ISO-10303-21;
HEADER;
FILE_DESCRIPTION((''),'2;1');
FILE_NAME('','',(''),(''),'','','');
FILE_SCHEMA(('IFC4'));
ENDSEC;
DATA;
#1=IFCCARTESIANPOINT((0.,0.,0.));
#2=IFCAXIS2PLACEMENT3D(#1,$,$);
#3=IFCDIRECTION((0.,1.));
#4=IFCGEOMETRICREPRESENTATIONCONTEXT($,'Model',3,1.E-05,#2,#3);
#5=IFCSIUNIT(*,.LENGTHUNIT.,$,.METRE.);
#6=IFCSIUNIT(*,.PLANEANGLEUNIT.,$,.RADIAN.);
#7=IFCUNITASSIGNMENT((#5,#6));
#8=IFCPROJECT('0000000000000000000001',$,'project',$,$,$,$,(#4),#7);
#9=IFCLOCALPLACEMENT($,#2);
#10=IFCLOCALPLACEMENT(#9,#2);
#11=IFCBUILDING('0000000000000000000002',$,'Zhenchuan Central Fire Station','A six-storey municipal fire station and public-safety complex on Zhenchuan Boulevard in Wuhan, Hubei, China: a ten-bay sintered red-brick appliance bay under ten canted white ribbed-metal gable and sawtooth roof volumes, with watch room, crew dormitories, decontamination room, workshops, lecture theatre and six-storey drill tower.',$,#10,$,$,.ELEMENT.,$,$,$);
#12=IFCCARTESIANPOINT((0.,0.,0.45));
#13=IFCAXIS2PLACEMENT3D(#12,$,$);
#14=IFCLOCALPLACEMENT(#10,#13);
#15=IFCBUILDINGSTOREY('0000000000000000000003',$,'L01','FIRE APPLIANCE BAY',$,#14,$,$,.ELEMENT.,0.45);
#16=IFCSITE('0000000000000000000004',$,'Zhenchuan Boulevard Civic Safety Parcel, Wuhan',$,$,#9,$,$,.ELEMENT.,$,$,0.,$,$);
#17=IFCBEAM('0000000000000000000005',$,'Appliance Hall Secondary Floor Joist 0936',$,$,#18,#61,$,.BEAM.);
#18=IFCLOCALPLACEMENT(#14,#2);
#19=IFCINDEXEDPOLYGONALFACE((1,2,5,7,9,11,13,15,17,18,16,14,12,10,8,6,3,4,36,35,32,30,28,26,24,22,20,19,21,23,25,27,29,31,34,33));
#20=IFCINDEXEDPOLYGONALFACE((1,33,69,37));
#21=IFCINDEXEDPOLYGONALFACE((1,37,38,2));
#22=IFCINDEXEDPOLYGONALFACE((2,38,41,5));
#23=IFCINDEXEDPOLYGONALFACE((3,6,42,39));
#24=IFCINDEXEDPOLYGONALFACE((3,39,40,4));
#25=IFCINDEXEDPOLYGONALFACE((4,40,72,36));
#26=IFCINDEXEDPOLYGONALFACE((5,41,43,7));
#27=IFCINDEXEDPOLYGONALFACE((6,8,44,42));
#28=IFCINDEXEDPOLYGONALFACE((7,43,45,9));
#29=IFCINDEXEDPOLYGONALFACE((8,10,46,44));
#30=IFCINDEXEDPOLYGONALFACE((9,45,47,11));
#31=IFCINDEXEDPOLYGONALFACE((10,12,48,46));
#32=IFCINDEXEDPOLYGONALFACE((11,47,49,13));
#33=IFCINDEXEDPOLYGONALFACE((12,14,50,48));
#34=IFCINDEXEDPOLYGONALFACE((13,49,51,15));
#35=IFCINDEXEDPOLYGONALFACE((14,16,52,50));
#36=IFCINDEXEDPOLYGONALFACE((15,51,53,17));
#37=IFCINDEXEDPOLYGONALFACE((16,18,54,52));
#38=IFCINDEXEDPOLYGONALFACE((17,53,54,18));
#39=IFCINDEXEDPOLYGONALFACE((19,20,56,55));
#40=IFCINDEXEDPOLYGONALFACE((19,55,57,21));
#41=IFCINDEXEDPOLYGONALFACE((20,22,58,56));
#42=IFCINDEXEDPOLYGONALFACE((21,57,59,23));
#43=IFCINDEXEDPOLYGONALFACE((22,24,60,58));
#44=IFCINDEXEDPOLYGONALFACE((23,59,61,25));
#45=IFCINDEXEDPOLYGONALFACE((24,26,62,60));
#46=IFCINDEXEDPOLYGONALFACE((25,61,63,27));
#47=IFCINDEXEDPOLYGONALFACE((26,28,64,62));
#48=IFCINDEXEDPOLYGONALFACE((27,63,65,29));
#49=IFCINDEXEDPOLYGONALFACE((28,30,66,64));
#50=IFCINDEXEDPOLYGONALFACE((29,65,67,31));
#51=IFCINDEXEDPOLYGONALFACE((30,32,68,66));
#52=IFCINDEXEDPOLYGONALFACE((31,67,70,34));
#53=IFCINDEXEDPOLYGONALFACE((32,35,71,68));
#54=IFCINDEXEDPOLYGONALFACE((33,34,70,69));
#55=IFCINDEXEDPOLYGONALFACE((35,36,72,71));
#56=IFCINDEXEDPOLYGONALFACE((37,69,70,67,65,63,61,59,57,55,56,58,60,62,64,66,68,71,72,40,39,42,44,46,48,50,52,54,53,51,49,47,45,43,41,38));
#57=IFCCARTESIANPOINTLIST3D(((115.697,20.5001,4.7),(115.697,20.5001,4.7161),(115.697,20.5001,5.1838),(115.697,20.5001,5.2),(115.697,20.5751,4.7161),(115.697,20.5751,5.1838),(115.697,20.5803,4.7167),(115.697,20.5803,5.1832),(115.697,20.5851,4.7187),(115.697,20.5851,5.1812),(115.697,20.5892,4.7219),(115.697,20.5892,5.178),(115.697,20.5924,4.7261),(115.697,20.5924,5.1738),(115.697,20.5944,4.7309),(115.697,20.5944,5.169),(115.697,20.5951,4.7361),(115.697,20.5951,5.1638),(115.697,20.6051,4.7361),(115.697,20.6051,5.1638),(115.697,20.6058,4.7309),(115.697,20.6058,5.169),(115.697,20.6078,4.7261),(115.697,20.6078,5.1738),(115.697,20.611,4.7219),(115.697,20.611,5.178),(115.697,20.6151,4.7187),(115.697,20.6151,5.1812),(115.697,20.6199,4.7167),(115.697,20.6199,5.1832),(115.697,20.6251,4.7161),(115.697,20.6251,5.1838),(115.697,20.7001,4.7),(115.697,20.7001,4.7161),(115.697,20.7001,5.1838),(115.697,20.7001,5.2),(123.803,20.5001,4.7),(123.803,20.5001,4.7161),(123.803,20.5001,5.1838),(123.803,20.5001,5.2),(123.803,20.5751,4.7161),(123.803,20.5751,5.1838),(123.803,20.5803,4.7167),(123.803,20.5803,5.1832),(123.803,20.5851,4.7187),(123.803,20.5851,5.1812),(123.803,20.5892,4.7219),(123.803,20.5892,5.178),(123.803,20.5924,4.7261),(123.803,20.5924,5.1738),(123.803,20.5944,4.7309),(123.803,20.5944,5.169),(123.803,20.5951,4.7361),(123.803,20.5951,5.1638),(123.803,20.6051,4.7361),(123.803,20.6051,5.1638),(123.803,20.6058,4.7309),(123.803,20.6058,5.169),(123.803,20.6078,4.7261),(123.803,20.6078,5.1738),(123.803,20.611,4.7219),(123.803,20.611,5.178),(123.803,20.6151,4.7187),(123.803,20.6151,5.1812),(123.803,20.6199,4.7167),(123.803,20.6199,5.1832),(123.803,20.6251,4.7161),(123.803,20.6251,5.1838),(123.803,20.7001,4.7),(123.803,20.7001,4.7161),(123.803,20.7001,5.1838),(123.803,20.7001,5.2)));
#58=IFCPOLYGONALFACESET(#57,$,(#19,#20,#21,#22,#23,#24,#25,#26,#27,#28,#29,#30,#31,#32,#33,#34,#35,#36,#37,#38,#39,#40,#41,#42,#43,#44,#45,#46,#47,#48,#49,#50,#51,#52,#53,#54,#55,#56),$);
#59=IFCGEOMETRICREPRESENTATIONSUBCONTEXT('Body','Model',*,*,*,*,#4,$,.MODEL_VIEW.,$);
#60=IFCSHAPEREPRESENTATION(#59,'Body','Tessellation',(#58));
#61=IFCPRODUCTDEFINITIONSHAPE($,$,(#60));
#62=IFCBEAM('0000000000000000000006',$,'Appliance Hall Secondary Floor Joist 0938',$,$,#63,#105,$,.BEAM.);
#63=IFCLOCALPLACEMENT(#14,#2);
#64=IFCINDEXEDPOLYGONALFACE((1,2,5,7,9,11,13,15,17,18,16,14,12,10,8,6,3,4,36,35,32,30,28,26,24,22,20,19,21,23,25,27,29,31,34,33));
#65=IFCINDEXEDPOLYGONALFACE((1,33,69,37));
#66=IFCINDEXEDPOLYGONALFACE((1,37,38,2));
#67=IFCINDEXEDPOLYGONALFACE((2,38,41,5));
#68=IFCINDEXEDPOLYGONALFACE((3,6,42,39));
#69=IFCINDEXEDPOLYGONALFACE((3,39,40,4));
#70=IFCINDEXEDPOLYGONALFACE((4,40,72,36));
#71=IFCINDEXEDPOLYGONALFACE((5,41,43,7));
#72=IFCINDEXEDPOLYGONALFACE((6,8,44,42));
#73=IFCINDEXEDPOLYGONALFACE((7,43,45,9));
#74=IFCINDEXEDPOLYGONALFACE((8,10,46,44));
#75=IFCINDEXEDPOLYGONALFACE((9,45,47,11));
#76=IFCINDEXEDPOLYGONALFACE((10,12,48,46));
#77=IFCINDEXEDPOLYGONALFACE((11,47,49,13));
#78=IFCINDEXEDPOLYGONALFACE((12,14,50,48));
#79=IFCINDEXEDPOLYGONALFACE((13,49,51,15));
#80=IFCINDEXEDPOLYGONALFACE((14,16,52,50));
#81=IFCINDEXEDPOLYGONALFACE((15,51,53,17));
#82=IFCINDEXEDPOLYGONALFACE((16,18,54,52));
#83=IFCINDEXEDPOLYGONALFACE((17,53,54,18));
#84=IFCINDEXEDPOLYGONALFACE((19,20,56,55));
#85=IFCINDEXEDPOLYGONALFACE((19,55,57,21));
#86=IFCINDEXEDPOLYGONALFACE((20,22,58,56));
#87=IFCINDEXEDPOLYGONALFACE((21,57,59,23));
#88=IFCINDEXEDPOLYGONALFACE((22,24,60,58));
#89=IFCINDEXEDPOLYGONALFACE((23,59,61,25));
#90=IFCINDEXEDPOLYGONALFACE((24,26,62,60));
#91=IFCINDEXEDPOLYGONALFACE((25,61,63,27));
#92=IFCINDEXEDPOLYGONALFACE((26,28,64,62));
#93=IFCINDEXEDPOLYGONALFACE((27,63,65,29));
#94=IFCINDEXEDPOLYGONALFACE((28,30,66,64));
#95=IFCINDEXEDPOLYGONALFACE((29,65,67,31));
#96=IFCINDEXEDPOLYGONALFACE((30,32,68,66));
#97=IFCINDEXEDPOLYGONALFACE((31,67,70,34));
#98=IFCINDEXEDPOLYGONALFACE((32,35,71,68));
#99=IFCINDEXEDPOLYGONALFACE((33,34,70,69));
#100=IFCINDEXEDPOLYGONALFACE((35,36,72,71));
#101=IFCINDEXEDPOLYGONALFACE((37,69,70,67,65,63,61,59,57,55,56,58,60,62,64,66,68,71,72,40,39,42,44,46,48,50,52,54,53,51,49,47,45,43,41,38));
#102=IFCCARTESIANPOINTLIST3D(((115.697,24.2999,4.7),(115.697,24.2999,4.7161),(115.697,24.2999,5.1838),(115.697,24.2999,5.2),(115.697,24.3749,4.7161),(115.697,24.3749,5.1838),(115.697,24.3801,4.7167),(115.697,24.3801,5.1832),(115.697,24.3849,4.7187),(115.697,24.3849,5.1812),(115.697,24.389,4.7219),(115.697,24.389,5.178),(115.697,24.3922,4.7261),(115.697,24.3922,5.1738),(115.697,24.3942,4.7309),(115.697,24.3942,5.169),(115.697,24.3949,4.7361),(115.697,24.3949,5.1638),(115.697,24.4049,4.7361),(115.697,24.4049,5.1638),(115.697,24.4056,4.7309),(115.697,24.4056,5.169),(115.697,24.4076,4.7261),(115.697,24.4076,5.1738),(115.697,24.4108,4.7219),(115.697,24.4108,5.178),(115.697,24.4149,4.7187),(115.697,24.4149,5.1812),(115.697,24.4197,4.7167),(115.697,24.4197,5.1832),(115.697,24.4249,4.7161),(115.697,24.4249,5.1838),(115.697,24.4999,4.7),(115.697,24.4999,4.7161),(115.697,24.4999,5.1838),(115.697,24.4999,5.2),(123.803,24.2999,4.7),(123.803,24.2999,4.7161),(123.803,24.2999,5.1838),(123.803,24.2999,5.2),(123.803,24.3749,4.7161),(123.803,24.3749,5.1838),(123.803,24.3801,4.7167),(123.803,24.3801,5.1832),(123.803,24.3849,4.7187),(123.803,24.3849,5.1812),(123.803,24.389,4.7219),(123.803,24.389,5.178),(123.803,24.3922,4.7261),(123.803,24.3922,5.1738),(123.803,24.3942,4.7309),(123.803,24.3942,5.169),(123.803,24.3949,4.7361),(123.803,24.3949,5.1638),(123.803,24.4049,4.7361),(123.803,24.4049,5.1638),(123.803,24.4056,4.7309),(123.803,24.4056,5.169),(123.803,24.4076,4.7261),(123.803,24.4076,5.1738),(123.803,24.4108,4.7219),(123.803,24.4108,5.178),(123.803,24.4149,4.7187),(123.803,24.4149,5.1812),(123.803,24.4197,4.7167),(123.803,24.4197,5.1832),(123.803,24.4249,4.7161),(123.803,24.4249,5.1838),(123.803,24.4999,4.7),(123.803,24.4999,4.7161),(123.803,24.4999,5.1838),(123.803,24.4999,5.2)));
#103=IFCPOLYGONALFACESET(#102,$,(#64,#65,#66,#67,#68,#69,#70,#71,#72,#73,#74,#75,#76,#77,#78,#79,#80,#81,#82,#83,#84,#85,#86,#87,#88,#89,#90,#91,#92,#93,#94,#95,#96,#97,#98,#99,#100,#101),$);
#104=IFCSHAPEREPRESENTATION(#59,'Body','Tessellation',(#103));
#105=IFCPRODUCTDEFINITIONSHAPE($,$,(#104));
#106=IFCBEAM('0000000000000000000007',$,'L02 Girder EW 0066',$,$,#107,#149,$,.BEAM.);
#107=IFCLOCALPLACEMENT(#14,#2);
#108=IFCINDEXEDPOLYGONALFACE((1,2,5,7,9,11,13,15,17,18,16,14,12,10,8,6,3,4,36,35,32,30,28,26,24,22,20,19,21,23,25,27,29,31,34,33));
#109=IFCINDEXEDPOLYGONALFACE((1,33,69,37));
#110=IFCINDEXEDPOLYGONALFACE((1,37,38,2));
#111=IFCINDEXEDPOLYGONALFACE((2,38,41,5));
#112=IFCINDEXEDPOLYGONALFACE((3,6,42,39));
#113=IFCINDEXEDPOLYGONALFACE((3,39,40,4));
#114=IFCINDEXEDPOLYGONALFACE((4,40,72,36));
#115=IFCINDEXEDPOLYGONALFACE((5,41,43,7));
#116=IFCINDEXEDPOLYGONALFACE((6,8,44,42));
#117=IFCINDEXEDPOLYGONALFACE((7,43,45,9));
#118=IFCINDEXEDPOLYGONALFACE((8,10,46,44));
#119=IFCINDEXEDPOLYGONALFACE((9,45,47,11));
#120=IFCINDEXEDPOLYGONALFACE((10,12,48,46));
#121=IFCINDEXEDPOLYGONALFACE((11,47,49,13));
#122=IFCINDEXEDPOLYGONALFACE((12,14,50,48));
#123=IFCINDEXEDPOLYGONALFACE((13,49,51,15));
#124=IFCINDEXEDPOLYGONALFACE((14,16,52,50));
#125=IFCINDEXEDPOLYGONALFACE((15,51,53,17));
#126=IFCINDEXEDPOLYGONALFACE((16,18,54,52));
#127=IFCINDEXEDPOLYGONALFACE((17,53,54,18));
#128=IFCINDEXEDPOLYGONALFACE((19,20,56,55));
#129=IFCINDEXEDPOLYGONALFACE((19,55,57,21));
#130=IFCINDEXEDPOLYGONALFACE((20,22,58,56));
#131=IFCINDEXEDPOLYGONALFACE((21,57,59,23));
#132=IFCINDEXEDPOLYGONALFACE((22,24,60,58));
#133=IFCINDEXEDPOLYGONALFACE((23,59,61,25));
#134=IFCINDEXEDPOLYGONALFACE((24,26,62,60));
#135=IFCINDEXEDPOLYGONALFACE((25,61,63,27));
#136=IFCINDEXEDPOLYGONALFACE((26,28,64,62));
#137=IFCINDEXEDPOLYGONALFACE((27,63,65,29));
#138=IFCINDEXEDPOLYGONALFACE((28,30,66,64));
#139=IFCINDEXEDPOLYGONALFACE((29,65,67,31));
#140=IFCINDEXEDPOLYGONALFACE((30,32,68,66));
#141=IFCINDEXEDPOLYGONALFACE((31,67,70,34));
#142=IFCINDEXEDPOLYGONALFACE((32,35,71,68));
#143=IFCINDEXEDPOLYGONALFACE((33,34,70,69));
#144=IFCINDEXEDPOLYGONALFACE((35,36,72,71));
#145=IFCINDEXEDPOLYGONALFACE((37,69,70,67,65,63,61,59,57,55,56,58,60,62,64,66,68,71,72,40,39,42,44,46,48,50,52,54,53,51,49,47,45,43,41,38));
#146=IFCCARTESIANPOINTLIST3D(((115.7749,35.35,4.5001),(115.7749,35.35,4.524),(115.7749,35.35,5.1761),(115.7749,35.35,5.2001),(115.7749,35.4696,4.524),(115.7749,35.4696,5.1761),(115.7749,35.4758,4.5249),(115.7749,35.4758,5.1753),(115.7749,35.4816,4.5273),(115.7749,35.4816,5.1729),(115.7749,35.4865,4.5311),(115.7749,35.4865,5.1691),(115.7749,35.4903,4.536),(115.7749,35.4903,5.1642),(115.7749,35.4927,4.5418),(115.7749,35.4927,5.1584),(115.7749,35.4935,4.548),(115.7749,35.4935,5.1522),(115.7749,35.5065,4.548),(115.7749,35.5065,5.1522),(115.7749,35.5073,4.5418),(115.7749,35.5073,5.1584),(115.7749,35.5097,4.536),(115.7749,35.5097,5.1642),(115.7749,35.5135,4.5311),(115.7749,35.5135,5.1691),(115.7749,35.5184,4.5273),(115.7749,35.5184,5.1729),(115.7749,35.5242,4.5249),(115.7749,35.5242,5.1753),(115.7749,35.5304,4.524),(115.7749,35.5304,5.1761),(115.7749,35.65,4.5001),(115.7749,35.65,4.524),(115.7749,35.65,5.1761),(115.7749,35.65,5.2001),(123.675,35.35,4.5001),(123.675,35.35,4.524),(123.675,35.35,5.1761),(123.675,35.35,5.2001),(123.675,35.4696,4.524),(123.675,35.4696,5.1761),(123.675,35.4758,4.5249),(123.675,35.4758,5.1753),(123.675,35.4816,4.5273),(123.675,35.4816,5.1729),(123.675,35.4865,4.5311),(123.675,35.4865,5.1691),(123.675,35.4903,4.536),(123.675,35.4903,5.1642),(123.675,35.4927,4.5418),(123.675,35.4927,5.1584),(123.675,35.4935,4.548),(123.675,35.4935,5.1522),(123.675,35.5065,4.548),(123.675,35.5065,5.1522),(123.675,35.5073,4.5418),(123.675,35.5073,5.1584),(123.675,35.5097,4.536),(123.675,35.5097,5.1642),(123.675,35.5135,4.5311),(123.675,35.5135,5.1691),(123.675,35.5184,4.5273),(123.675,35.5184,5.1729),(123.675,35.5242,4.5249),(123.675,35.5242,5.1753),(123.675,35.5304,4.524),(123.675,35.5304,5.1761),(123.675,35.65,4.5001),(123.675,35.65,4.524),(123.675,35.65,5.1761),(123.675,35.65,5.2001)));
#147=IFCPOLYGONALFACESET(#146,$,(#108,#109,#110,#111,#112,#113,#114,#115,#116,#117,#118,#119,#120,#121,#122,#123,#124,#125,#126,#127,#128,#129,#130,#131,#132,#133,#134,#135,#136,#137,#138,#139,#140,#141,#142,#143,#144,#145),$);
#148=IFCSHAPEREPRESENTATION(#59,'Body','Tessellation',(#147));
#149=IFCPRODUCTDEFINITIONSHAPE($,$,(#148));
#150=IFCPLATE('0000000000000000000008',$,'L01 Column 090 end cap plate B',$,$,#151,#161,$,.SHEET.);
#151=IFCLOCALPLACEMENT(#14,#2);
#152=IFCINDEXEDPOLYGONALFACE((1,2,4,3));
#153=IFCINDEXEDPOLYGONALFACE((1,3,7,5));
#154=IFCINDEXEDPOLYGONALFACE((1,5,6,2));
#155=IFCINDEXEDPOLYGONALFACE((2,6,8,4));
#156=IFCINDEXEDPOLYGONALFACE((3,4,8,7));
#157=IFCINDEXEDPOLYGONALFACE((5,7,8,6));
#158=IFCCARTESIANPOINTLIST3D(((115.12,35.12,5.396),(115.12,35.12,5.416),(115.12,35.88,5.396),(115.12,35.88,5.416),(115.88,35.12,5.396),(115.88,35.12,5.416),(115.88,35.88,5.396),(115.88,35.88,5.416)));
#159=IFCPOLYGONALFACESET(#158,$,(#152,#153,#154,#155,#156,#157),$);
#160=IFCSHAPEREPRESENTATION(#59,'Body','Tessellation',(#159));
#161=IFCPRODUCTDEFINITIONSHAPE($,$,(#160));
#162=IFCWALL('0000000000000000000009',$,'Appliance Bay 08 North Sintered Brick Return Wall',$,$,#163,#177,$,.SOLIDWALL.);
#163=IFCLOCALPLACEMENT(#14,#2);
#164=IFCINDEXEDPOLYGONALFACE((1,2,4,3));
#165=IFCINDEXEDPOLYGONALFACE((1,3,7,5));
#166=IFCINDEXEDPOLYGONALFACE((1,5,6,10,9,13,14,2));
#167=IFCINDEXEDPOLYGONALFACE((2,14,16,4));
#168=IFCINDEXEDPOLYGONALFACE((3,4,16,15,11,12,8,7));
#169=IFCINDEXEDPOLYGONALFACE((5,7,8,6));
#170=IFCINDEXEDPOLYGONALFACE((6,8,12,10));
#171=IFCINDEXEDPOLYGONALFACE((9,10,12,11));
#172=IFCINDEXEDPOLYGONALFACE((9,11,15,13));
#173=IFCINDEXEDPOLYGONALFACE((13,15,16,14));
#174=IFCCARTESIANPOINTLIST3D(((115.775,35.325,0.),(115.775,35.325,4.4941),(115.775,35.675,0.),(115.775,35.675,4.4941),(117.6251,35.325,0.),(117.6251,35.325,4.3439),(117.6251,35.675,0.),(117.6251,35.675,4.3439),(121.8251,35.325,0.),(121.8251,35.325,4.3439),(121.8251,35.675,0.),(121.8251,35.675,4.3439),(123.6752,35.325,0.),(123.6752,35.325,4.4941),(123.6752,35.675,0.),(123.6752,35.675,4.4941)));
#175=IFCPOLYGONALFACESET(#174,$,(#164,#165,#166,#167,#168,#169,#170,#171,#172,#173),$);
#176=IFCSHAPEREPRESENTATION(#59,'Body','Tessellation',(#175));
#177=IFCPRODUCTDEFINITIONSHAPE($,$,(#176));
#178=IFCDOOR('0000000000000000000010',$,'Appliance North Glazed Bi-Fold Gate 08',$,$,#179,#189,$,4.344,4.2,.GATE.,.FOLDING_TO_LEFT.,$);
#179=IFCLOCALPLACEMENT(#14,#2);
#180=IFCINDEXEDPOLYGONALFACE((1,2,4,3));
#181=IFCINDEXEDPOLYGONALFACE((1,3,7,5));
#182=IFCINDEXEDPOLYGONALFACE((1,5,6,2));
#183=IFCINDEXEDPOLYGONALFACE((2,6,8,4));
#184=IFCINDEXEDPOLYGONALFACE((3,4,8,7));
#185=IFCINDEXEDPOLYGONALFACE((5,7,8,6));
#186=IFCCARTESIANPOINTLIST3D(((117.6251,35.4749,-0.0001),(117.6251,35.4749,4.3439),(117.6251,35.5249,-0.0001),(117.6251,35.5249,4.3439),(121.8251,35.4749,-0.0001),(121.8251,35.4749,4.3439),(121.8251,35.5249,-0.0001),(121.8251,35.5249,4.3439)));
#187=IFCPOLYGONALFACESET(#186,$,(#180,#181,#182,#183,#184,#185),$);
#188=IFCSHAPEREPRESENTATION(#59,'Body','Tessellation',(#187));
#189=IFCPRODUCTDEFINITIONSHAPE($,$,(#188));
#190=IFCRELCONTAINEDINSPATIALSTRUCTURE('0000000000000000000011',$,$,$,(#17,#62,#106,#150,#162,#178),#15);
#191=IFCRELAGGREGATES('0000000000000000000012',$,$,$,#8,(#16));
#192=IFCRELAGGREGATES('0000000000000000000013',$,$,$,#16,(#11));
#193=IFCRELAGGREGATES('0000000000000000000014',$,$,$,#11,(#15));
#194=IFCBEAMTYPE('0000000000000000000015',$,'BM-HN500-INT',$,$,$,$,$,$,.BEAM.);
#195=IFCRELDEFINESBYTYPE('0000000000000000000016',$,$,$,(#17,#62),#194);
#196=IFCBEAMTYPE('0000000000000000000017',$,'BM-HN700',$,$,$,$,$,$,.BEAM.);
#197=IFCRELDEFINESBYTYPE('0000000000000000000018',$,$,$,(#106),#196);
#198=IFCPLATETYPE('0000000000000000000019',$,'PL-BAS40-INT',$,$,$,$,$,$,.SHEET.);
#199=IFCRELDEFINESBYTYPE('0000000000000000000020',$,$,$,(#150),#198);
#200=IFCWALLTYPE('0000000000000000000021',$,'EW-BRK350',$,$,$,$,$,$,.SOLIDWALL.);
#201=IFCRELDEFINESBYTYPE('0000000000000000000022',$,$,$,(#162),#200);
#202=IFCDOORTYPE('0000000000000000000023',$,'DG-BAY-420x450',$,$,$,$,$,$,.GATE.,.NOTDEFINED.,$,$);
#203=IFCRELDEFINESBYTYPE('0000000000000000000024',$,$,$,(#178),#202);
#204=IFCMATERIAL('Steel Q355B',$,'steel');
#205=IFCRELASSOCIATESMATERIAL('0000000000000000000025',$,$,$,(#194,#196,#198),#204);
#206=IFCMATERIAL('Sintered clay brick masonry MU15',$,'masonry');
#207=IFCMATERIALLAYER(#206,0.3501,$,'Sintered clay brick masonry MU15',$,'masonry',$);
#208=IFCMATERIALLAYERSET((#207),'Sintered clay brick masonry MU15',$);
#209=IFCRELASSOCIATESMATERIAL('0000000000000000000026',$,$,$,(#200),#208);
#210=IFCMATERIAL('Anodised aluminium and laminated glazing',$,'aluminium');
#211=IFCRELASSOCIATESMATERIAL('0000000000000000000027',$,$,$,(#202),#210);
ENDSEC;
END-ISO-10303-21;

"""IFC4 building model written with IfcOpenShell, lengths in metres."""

from ifc_helpers import new_model, si_unit, direction, frame, frame_2d, origin, origin_2d, place, context, subcontext, project, spatial, rectangle, i_section, extrude, material, layer, layer_set, material_profile, profile_set, type_object, element, fill, save


model = new_model("IFC4")

# Units and contexts
model_context = context("Model", 3, precision=1e-05, world=origin(), true_north=direction((0.0, 1.0)))
body_context = subcontext(model_context, "Body", "Model", "MODEL_VIEW")
ifc_project = project(units=[si_unit("LENGTHUNIT", "METRE"), si_unit("PLANEANGLEUNIT", "RADIAN")], contexts=[model_context])

# Site, building, storey
site_placement = place(None, origin())
site = spatial("IfcSite", under=ifc_project, at=site_placement, Name="Zhenchuan Boulevard Civic Safety Parcel, Wuhan", CompositionType="ELEMENT", RefElevation=0.0)
building_placement = place(site_placement, origin())
building = spatial("IfcBuilding", under=site, at=building_placement, Name="Zhenchuan Central Fire Station", Description="A six-storey municipal fire station and public-safety complex on Zhenchuan Boulevard in Wuhan, Hubei, China: a ten-bay sintered red-brick appliance bay under ten canted white ribbed-metal gable and sawtooth roof volumes, with watch room, crew dormitories, decontamination room, workshops, lecture theatre and six-storey drill tower.", CompositionType="ELEMENT")
storey_placement = place(building_placement, frame((0.0, 0.0, 0.45)))
storey = spatial("IfcBuildingStorey", under=building, at=storey_placement, Name="L01", Description="FIRE APPLIANCE BAY", CompositionType="ELEMENT", Elevation=0.45)

# Shared definitions
ifc_material_1 = material(Name="Steel Q355B", Category="steel")

# Beams
ifc_material_profile_1 = material_profile(ifc_material_1, i_section(OverallWidth=0.2, OverallDepth=0.5, WebThickness=0.01, FlangeThickness=0.0161, FilletRadius=0.02, at=origin_2d()), Name="HN 500x200")
ifc_profile_set_1 = profile_set([ifc_material_profile_1], Name="Steel Q355B")
beam_type_1 = type_object("IfcBeamType", Name="BM-HN500-INT", PredefinedType="BEAM", material=ifc_profile_set_1)
for number, where, z_axis, x_axis, name in (
    (1, (115.697, 20.6001, 4.95), (1.0, 0.0, 0.0), (0.0, 1.0, 0.0), "Appliance Hall Secondary Floor Joist 0936"),
    (2, (115.697, 24.3999, 4.95), (1.0, 0.0, 0.0), (0.0, 1.0, 0.0), "Appliance Hall Secondary Floor Joist 0938"),
):
    element("IfcBeam", number, at=place(storey_placement, frame(where, z_axis=z_axis, x_axis=x_axis)), inside=storey, type_object=beam_type_1, Name=name, PredefinedType="BEAM", context=body_context, shape_type="SweptSolid", body=[
        extrude(i_section(OverallWidth=0.2, OverallDepth=0.5, WebThickness=0.01, FlangeThickness=0.0161, FilletRadius=0.02, at=origin_2d()), origin(), (0.0, 0.0, 1.0), 8.106),
    ])
ifc_material_profile_2 = material_profile(ifc_material_1, i_section(OverallWidth=0.3, OverallDepth=0.7, WebThickness=0.0129, FlangeThickness=0.0239, FilletRadius=0.0239, at=origin_2d()), Name="HN 700x300")
ifc_profile_set_2 = profile_set([ifc_material_profile_2], Name="Steel Q355B")
beam_type_2 = type_object("IfcBeamType", Name="BM-HN700", PredefinedType="BEAM", material=ifc_profile_set_2)
beam_placement = place(storey_placement, frame((115.7749, 35.5, 4.8501), z_axis=(1.0, 0.0, 0.0), x_axis=(0.0, 1.0, 0.0)))
element("IfcBeam", 3, at=beam_placement, inside=storey, type_object=beam_type_2, Name="L02 Girder EW 0066", PredefinedType="BEAM", context=body_context, shape_type="SweptSolid", body=[
    extrude(i_section(OverallWidth=0.3, OverallDepth=0.7, WebThickness=0.0129, FlangeThickness=0.0239, FilletRadius=0.0239, at=origin_2d()), origin(), (0.0, 0.0, 1.0), 7.9001),
])

# Plate
ifc_material_profile_3 = material_profile(ifc_material_1, rectangle(XDim=0.76, YDim=0.76, at=origin_2d()), Name="PL 760x760x40")
ifc_profile_set_3 = profile_set([ifc_material_profile_3], Name="Steel Q355B")
plate_type = type_object("IfcPlateType", Name="PL-BAS40-INT", PredefinedType="SHEET", material=ifc_profile_set_3)
plate_placement = place(storey_placement, frame((115.5, 35.5, 5.396), z_axis=(0.0, 0.0, 1.0), x_axis=(1.0, 0.0, 0.0)))
element("IfcPlate", 4, at=plate_placement, inside=storey, type_object=plate_type, Name="L01 Column 090 end cap plate B", PredefinedType="SHEET", context=body_context, shape_type="SweptSolid", body=[
    extrude(rectangle(XDim=0.76, YDim=0.76, at=origin_2d()), origin(), (0.0, 0.0, 1.0), 0.02),
])

# Wall, opening, door
ifc_material_2 = material(Name="Sintered clay brick masonry MU15", Category="masonry")
ifc_layer = layer(ifc_material_2, 0.3501, Name="Sintered clay brick masonry MU15", Category="masonry")
ifc_layer_set = layer_set([ifc_layer], Name="Sintered clay brick masonry MU15")
wall_type = type_object("IfcWallType", Name="EW-BRK350", PredefinedType="SOLIDWALL", material=ifc_layer_set)
wall_placement = place(storey_placement, frame((115.7749, 35.5, 0.0), z_axis=(0.0, 0.0, 1.0), x_axis=(1.0, 0.0, 0.0)))
wall = element("IfcWall", 5, at=wall_placement, inside=storey, type_object=wall_type, Name="Appliance Bay 08 North Sintered Brick Return Wall", PredefinedType="SOLIDWALL", context=body_context, shape_type="SweptSolid", body=[
    extrude(rectangle(XDim=7.9001, YDim=0.3501, at=frame_2d((3.9502, 0.0))), origin(), (0.0, 0.0, 1.0), 4.4941),
])
opening_placement = place(wall_placement, frame((1.8501, 0.0, 0.0)))
opening = element("IfcOpeningElement", 6, at=opening_placement, cuts=wall, PredefinedType="OPENING", context=body_context, shape_type="SweptSolid", body=[
    extrude(rectangle(XDim=4.2, YDim=4.344, at=frame_2d((2.1001, 2.1719))), frame((0.0, 0.1851, 0.0), z_axis=(0.0, -1.0, 0.0), x_axis=(1.0, 0.0, 0.0)), (0.0, 0.0, 1.0), 0.3701),
])
ifc_material_3 = material(Name="Anodised aluminium and laminated glazing", Category="aluminium")
door_type = type_object("IfcDoorType", Name="DG-BAY-420x450", OperationType="NOTDEFINED", PredefinedType="GATE", material=ifc_material_3)
door_placement = place(opening_placement, origin())
door = element("IfcDoor", 7, at=door_placement, inside=storey, type_object=door_type, Name="Appliance North Glazed Bi-Fold Gate 08", OperationType="FOLDING_TO_LEFT", OverallHeight=4.344, OverallWidth=4.2, PredefinedType="GATE", context=body_context, shape_type="SweptSolid", body=[
    extrude(rectangle(XDim=4.2, YDim=4.344, at=frame_2d((2.1001, 2.1719))), frame((0.0, 0.0249, 0.0), z_axis=(0.0, -1.0, 0.0), x_axis=(1.0, 0.0, 0.0)), (0.0, 0.0, 1.0), 0.05),
])
fill(opening, door)

save(model, "model.ifc")
